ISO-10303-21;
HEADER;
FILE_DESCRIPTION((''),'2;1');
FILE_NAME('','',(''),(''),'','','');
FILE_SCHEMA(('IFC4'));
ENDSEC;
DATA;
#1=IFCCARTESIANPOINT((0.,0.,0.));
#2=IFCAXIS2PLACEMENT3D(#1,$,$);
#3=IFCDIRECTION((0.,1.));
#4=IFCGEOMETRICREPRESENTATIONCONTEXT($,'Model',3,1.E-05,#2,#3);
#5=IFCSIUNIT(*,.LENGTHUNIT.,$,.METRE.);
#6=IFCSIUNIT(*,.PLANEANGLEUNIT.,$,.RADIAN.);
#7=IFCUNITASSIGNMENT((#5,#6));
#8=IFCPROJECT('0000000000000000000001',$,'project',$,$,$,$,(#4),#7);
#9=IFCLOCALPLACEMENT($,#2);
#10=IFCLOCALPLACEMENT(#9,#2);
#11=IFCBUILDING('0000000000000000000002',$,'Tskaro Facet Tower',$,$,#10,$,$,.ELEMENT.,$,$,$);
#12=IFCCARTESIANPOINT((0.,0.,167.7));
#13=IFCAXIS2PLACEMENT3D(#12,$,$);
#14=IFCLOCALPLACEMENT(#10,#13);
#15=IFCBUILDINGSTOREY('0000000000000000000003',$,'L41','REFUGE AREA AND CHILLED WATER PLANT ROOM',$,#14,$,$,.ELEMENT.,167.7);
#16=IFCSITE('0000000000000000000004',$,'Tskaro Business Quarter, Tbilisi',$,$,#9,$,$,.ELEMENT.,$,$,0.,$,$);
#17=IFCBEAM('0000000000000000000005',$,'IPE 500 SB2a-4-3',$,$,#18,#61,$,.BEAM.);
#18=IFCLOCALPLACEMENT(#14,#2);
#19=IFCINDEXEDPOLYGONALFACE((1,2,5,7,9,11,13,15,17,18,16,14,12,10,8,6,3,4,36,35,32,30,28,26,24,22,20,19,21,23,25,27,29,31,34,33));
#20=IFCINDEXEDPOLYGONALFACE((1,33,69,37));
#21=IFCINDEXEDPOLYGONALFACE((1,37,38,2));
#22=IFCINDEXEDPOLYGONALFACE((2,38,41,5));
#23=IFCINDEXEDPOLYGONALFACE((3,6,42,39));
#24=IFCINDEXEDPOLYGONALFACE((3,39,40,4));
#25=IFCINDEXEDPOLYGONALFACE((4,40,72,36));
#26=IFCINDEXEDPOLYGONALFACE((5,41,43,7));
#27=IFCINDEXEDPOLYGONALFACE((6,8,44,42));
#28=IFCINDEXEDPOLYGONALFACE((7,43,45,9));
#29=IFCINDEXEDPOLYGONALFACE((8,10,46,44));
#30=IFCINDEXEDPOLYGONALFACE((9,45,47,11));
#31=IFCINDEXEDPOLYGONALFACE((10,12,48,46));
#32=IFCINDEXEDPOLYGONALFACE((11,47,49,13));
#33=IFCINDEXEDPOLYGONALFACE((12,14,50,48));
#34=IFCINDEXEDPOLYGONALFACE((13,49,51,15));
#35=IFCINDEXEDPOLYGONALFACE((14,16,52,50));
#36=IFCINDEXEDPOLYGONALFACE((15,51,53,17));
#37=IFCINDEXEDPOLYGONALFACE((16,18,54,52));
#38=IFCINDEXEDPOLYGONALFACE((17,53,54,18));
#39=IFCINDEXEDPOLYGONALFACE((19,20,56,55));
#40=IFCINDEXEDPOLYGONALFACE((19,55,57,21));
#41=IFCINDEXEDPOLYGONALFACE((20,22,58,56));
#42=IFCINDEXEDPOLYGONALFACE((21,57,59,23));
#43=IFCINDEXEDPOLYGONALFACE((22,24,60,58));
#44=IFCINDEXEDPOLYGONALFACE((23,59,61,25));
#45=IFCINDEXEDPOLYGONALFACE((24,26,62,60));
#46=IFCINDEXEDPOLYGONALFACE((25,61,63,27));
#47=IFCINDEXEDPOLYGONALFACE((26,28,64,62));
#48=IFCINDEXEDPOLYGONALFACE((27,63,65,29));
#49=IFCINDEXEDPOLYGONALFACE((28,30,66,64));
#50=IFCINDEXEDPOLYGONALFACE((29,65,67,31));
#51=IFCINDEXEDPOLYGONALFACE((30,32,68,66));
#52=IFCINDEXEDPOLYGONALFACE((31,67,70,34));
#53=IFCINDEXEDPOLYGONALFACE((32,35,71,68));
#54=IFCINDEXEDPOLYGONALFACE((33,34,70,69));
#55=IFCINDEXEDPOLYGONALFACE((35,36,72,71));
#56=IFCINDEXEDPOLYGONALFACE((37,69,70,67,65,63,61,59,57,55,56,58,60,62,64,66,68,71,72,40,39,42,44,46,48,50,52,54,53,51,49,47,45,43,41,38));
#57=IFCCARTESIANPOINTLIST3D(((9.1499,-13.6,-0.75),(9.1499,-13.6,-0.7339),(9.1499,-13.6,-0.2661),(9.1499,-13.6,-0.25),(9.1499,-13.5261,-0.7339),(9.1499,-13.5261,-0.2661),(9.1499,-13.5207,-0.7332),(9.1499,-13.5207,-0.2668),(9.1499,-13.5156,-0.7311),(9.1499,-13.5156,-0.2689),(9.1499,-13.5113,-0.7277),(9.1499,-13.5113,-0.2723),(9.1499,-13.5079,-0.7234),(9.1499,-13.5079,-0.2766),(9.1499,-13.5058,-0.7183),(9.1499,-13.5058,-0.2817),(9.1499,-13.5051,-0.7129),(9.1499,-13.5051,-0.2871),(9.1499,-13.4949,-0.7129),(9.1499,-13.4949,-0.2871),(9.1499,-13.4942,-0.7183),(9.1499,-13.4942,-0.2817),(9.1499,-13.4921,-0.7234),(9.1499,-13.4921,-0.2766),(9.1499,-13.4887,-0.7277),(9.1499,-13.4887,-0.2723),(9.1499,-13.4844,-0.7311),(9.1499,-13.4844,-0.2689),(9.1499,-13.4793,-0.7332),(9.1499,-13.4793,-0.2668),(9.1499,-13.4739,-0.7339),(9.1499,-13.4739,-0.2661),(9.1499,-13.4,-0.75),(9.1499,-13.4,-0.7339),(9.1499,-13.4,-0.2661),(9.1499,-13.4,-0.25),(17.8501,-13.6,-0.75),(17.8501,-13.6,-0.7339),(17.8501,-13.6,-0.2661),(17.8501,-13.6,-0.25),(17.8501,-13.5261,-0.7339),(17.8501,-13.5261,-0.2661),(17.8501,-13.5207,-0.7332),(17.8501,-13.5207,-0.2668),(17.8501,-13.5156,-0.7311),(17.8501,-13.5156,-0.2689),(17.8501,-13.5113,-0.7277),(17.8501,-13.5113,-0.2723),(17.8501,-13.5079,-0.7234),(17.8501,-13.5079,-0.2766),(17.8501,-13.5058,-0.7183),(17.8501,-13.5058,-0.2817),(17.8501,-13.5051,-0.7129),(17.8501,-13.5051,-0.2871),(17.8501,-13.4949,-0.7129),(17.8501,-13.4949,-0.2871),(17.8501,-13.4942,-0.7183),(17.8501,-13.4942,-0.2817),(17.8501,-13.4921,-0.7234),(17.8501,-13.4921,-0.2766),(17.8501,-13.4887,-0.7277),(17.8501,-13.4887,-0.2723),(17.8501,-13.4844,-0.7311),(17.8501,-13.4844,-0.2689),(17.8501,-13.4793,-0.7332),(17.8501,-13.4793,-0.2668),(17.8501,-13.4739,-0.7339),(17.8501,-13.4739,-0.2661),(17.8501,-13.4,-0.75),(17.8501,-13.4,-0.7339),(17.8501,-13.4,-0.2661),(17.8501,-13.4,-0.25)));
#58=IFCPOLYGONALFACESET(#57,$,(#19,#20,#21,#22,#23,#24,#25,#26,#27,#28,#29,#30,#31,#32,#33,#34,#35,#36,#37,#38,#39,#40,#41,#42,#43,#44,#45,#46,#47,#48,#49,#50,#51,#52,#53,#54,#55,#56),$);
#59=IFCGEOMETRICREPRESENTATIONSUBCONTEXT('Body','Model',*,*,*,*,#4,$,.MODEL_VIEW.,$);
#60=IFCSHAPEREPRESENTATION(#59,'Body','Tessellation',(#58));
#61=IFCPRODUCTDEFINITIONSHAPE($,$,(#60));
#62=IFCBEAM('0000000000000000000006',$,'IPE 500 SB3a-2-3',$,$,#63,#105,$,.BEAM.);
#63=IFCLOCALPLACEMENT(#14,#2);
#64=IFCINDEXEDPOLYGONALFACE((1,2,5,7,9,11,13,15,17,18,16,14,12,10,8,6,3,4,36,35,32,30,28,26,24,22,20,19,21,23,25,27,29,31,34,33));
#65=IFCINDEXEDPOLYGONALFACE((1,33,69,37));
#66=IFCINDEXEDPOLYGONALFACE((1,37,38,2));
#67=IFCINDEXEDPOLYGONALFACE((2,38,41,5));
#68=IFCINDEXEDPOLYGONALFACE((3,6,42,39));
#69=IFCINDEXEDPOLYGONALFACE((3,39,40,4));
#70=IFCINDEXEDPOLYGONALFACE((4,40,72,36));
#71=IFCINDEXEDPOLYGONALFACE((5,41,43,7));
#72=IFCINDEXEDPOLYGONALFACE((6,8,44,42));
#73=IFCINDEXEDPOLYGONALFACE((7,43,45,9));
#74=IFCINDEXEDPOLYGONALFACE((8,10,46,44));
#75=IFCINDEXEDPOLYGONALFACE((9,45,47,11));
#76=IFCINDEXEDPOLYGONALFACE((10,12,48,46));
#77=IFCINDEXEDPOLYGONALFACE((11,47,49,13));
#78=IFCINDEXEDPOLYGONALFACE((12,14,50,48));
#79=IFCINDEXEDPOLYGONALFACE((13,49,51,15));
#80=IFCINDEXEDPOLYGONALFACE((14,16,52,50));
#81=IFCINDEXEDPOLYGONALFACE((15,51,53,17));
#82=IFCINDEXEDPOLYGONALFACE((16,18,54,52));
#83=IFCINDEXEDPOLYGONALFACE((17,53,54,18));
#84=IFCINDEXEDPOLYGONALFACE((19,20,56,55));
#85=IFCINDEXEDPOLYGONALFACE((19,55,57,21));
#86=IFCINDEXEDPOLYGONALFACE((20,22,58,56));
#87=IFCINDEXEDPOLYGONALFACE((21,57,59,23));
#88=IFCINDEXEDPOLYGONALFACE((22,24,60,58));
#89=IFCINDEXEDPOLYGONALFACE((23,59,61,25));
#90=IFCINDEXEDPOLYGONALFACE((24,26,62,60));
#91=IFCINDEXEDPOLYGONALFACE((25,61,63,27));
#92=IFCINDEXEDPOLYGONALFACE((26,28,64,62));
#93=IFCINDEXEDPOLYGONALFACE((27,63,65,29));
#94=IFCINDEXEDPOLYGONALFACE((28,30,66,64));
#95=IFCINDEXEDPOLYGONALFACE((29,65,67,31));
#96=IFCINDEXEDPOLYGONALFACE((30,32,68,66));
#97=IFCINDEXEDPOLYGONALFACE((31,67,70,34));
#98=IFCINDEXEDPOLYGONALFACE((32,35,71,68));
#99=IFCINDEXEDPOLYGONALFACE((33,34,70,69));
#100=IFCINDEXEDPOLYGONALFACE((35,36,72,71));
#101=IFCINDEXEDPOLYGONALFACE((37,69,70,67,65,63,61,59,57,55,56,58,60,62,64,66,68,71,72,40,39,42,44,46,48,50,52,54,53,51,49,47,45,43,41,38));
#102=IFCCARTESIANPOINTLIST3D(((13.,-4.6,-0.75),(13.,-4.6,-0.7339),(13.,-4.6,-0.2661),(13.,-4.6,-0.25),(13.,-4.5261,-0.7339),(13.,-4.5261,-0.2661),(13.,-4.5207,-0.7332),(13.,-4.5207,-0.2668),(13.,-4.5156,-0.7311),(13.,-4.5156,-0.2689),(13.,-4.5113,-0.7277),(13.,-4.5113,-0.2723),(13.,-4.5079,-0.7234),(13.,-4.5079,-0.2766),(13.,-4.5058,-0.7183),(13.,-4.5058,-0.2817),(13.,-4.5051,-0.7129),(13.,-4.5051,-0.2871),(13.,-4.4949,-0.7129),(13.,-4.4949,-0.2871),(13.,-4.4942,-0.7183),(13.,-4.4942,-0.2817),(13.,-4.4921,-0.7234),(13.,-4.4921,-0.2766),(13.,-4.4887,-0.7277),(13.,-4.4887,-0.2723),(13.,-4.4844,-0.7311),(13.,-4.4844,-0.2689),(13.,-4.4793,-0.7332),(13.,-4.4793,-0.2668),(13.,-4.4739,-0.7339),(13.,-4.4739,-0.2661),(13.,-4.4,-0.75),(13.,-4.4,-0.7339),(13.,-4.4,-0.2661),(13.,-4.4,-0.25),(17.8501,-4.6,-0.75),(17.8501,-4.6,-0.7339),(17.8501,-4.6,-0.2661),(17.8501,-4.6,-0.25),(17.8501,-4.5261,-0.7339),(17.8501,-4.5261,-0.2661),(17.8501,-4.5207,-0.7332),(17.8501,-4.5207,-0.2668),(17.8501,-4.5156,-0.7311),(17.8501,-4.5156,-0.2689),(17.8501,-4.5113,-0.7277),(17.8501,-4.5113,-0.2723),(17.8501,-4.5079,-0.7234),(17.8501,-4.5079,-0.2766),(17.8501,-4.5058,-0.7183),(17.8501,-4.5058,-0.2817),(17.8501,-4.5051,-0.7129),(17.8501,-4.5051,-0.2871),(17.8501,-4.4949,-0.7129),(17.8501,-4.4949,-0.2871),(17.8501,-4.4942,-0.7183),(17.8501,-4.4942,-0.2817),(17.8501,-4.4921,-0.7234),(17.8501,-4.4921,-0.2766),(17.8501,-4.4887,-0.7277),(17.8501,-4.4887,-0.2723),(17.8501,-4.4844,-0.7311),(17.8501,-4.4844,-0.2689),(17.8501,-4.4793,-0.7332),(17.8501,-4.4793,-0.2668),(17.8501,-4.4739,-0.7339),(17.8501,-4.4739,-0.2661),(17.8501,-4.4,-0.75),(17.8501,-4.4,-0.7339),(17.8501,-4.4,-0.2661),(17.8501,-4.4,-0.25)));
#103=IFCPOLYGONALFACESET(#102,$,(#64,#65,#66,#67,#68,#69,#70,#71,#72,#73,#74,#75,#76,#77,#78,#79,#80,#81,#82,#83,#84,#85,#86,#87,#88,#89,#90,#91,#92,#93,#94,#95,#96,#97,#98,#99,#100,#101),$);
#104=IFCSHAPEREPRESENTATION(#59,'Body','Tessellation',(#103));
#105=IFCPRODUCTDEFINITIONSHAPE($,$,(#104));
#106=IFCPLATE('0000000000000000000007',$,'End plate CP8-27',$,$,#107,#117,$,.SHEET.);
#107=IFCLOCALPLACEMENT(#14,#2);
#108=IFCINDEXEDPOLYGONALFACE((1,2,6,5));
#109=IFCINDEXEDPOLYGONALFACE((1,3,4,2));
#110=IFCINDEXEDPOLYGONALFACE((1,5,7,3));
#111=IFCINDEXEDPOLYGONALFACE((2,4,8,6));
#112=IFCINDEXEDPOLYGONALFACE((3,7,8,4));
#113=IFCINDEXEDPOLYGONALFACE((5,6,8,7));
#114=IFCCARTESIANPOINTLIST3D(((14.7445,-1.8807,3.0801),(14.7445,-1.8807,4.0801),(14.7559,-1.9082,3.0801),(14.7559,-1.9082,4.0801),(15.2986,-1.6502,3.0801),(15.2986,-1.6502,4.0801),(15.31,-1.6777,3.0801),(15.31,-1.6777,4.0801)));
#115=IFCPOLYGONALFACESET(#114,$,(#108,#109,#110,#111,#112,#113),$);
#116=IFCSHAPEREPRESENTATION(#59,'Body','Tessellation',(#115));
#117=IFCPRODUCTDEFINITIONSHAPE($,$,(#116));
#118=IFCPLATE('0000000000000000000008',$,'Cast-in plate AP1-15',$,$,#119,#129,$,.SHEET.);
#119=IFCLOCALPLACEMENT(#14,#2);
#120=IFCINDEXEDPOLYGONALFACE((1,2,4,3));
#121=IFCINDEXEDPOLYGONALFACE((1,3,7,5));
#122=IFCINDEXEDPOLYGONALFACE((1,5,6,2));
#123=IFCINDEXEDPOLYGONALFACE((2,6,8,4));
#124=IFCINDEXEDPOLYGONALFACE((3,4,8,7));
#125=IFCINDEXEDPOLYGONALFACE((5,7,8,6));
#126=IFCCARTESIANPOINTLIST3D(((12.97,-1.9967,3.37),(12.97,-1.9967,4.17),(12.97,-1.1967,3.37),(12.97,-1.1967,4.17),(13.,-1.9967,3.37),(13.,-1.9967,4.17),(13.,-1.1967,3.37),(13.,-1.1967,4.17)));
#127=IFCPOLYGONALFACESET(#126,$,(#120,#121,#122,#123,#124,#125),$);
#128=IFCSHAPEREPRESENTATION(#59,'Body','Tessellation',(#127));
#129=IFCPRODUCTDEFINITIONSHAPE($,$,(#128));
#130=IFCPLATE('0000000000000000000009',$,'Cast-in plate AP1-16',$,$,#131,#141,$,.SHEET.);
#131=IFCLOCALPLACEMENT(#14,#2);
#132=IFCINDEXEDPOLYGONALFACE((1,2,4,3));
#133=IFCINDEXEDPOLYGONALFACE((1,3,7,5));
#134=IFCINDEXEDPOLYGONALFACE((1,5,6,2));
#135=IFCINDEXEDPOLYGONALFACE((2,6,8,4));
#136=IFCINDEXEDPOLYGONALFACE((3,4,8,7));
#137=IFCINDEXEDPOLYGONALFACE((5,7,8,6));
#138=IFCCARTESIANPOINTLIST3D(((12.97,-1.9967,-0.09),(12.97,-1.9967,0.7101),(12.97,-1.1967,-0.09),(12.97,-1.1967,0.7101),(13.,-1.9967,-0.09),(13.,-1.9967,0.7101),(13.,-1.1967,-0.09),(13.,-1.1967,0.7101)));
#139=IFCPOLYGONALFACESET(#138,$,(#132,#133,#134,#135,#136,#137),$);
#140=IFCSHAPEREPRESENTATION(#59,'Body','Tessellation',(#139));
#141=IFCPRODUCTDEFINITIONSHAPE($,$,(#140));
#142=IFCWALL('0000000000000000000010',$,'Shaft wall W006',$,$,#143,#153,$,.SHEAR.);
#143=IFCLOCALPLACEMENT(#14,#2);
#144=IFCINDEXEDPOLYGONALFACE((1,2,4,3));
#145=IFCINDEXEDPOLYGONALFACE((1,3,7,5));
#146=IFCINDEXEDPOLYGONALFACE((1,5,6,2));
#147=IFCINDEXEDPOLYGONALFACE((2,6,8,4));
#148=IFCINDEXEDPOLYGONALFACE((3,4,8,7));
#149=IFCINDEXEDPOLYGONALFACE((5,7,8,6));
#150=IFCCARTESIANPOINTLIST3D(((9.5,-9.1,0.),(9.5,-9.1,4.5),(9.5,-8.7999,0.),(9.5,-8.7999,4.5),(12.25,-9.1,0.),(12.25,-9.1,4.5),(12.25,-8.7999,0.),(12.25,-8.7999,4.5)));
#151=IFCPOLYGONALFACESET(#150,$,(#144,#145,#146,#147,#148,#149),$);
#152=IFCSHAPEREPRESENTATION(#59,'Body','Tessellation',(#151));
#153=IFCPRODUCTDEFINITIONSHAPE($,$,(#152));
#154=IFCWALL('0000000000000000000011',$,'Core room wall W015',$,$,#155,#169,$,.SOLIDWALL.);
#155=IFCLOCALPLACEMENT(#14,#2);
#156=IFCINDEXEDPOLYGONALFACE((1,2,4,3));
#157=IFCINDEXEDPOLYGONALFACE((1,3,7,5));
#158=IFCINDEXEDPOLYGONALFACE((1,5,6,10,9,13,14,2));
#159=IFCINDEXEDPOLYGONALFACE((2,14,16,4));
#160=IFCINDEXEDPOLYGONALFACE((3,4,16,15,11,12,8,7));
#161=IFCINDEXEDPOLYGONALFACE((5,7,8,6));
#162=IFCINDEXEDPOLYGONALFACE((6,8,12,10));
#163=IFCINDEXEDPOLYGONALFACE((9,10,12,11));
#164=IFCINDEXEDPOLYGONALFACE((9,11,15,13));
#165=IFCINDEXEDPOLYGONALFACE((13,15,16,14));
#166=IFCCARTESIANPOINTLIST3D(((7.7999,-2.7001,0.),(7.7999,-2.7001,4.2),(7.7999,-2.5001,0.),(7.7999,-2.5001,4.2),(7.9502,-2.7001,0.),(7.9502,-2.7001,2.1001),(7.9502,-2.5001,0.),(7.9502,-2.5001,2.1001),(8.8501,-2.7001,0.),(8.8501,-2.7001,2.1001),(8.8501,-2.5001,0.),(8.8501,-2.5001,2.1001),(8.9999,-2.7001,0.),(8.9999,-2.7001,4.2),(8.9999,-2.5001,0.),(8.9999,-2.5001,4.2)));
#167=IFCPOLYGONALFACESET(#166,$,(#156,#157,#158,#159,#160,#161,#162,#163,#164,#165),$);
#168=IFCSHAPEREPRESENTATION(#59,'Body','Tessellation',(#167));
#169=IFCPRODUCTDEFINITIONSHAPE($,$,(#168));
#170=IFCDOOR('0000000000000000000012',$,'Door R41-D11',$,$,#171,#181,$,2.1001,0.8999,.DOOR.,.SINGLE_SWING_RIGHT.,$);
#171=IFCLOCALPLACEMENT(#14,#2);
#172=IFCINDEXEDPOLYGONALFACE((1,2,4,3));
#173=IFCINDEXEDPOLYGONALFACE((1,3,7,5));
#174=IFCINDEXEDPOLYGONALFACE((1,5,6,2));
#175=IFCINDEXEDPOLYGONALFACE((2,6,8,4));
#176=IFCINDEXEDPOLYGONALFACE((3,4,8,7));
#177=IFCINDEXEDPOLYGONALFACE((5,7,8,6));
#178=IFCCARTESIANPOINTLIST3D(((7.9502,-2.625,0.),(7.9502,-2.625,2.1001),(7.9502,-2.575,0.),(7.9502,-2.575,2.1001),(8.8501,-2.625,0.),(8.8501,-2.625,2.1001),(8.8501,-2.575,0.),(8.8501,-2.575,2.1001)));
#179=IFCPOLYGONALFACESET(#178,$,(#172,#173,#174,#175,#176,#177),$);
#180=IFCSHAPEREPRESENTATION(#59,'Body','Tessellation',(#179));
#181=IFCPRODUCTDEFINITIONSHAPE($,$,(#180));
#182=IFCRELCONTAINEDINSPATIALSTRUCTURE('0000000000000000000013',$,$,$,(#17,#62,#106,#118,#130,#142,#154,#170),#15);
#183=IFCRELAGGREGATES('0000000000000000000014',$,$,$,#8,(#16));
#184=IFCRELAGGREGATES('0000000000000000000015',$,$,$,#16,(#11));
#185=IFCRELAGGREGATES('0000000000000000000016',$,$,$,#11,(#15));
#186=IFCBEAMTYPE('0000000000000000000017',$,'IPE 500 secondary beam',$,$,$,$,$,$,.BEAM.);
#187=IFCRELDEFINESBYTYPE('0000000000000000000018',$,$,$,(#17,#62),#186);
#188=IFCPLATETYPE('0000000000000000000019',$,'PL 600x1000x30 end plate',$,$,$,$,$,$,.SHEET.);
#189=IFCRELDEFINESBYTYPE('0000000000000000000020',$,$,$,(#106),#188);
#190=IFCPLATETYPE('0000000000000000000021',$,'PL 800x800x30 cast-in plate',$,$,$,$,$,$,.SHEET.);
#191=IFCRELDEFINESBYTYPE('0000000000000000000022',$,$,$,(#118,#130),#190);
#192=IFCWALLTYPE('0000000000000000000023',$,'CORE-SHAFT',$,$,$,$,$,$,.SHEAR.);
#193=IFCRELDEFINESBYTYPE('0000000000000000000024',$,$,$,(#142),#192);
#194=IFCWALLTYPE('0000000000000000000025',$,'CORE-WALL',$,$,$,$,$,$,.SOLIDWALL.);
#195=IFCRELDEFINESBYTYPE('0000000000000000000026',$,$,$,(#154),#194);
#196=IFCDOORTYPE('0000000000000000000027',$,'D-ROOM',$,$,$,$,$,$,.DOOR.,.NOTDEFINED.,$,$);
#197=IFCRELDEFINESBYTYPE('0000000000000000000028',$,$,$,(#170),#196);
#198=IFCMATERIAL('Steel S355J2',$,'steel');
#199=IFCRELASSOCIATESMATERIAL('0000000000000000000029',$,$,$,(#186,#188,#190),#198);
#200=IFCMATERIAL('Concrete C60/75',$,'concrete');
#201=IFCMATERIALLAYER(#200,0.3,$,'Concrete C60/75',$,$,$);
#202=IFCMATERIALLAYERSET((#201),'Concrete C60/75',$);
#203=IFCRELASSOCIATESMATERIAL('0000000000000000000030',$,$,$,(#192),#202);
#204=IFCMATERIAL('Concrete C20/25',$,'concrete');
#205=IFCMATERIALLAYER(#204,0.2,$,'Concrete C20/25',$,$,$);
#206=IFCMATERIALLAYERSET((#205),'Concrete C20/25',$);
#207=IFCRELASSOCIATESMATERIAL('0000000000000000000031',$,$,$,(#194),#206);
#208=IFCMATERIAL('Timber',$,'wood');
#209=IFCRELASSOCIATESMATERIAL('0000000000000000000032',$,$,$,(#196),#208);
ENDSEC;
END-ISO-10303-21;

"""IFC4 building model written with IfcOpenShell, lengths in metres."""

from ifc_helpers import new_model, si_unit, direction, frame, frame_2d, origin, origin_2d, place, context, subcontext, project, spatial, rectangle, i_section, extrude, material, layer, layer_set, material_profile, profile_set, type_object, element, fill, save


model = new_model("IFC4")

# Units and contexts
model_context = context("Model", 3, precision=1e-05, world=origin(), true_north=direction((0.0, 1.0)))
body_context = subcontext(model_context, "Body", "Model", "MODEL_VIEW")
ifc_project = project(units=[si_unit("LENGTHUNIT", "METRE"), si_unit("PLANEANGLEUNIT", "RADIAN")], contexts=[model_context])

# Site, building, storey
site_placement = place(None, origin())
site = spatial("IfcSite", under=ifc_project, at=site_placement, Name="Tskaro Business Quarter, Tbilisi", CompositionType="ELEMENT", RefElevation=0.0)
building_placement = place(site_placement, origin())
building = spatial("IfcBuilding", under=site, at=building_placement, Name="Tskaro Facet Tower", CompositionType="ELEMENT")
storey_placement = place(building_placement, frame((0.0, 0.0, 167.7)))
storey = spatial("IfcBuildingStorey", under=building, at=storey_placement, Name="L41", Description="REFUGE AREA AND CHILLED WATER PLANT ROOM", CompositionType="ELEMENT", Elevation=167.7)

# Beams
ifc_material_1 = material(Name="Steel S355J2", Category="steel")
ifc_material_profile_1 = material_profile(ifc_material_1, i_section(OverallWidth=0.2, OverallDepth=0.5, WebThickness=0.0103, FlangeThickness=0.0161, FilletRadius=0.021, at=origin_2d()), Name="IPE 500")
ifc_profile_set_1 = profile_set([ifc_material_profile_1], Name="Steel S355J2")
beam_type_1 = type_object("IfcBeamType", Name="IPE 500 secondary beam", PredefinedType="BEAM", material=ifc_profile_set_1)
beam_1_placement = place(storey_placement, frame((9.1499, -13.5, -0.5), z_axis=(1.0, 0.0, 0.0), x_axis=(0.0, 1.0, 0.0)))
element("IfcBeam", 1, at=beam_1_placement, inside=storey, type_object=beam_type_1, Name="IPE 500 SB2a-4-3", PredefinedType="BEAM", context=body_context, shape_type="SweptSolid", body=[
    extrude(i_section(OverallWidth=0.2, OverallDepth=0.5, WebThickness=0.0103, FlangeThickness=0.0161, FilletRadius=0.021, at=origin_2d()), origin(), (0.0, 0.0, 1.0), 8.7002),
])
beam_2_placement = place(storey_placement, frame((13.0, -4.5, -0.5), z_axis=(1.0, 0.0, 0.0), x_axis=(0.0, 1.0, 0.0)))
element("IfcBeam", 2, at=beam_2_placement, inside=storey, type_object=beam_type_1, Name="IPE 500 SB3a-2-3", PredefinedType="BEAM", context=body_context, shape_type="SweptSolid", body=[
    extrude(i_section(OverallWidth=0.2, OverallDepth=0.5, WebThickness=0.0103, FlangeThickness=0.0161, FilletRadius=0.021, at=origin_2d()), origin(), (0.0, 0.0, 1.0), 4.8501),
])

# Plates
ifc_material_profile_2 = material_profile(ifc_material_1, rectangle(XDim=0.6001, YDim=1.0, at=origin_2d()), Name="PL 600x1000x30 end plate")
ifc_profile_set_2 = profile_set([ifc_material_profile_2], Name="Steel S355J2")
plate_type_1 = type_object("IfcPlateType", Name="PL 600x1000x30 end plate", PredefinedType="SHEET", material=ifc_profile_set_2)
plate_placement = place(storey_placement, frame((15.033, -1.793, 3.5801), z_axis=(-0.384035, 0.923318, 0.0), x_axis=(-0.923318, -0.384035, 0.0)))
element("IfcPlate", 3, at=plate_placement, inside=storey, type_object=plate_type_1, Name="End plate CP8-27", PredefinedType="SHEET", context=body_context, shape_type="SweptSolid", body=[
    extrude(rectangle(XDim=0.6001, YDim=1.0, at=origin_2d()), origin(), (0.0, 0.0, 1.0), 0.0298),
])
ifc_material_profile_3 = material_profile(ifc_material_1, rectangle(XDim=0.8, YDim=0.8, at=origin_2d()), Name="PL 800x800x30 cast-in plate")
ifc_profile_set_3 = profile_set([ifc_material_profile_3], Name="Steel S355J2")
plate_type_2 = type_object("IfcPlateType", Name="PL 800x800x30 cast-in plate", PredefinedType="SHEET", material=ifc_profile_set_3)
for number, where, z_axis, x_axis, name in (
    (4, (12.97, -1.5967, 3.77), (1.0, 0.0, 0.0), (0.0, 1.0, 0.0), "Cast-in plate AP1-15"),
    (5, (12.97, -1.5967, 0.3101), (1.0, 0.0, 0.0), (0.0, 1.0, 0.0), "Cast-in plate AP1-16"),
):
    element("IfcPlate", number, at=place(storey_placement, frame(where, z_axis=z_axis, x_axis=x_axis)), inside=storey, type_object=plate_type_2, Name=name, PredefinedType="SHEET", context=body_context, shape_type="SweptSolid", body=[
        extrude(rectangle(XDim=0.8, YDim=0.8, at=origin_2d()), origin(), (0.0, 0.0, 1.0), 0.03),
    ])

# Wall
ifc_material_2 = material(Name="Concrete C60/75", Category="concrete")
ifc_layer_1 = layer(ifc_material_2, 0.3, Name="Concrete C60/75")
ifc_layer_set_1 = layer_set([ifc_layer_1], Name="Concrete C60/75")
wall_type_1 = type_object("IfcWallType", Name="CORE-SHAFT", PredefinedType="SHEAR", material=ifc_layer_set_1)
wall_1_placement = place(storey_placement, frame((9.5, -8.95, 0.0), z_axis=(0.0, 0.0, 1.0), x_axis=(1.0, 0.0, 0.0)))
element("IfcWall", 6, at=wall_1_placement, inside=storey, type_object=wall_type_1, Name="Shaft wall W006", PredefinedType="SHEAR", context=body_context, shape_type="SweptSolid", body=[
    extrude(rectangle(XDim=2.75, YDim=0.3, at=frame_2d((1.375, 0.0))), origin(), (0.0, 0.0, 1.0), 4.5),
])

# Wall, opening, door
ifc_material_3 = material(Name="Concrete C20/25", Category="concrete")
ifc_layer_2 = layer(ifc_material_3, 0.2, Name="Concrete C20/25")
ifc_layer_set_2 = layer_set([ifc_layer_2], Name="Concrete C20/25")
wall_type_2 = type_object("IfcWallType", Name="CORE-WALL", PredefinedType="SOLIDWALL", material=ifc_layer_set_2)
wall_2_placement = place(storey_placement, frame((9.0, -2.6001, 0.0), z_axis=(0.0, 0.0, 1.0), x_axis=(-1.0, 0.0, 0.0)))
wall_2 = element("IfcWall", 7, at=wall_2_placement, inside=storey, type_object=wall_type_2, Name="Core room wall W015", PredefinedType="SOLIDWALL", context=body_context, shape_type="SweptSolid", body=[
    extrude(rectangle(XDim=1.2, YDim=0.2, at=frame_2d((0.6001, 0.0))), origin(), (0.0, 0.0, 1.0), 4.2),
])
opening_1_placement = place(wall_2_placement, frame((0.1499, 0.0, 0.0)))
opening_1 = element("IfcOpeningElement", 8, at=opening_1_placement, cuts=wall_2, PredefinedType="OPENING", context=body_context, shape_type="SweptSolid", body=[
    extrude(rectangle(XDim=0.8999, YDim=2.1001, at=frame_2d((0.45, 1.05))), frame((0.0, 0.1099, 0.0), z_axis=(0.0, -1.0, 0.0), x_axis=(1.0, 0.0, 0.0)), (0.0, 0.0, 1.0), 0.22),
])
ifc_material_4 = material(Name="Timber", Category="wood")
door_type_1 = type_object("IfcDoorType", Name="D-ROOM", OperationType="NOTDEFINED", PredefinedType="DOOR", material=ifc_material_4)
door_1_placement = place(opening_1_placement, origin())
door_1 = element("IfcDoor", 9, at=door_1_placement, inside=storey, type_object=door_type_1, Name="Door R41-D11", OperationType="SINGLE_SWING_RIGHT", OverallHeight=2.1001, OverallWidth=0.8999, PredefinedType="DOOR", context=body_context, shape_type="SweptSolid", body=[
    extrude(rectangle(XDim=0.8999, YDim=2.1001, at=frame_2d((0.45, 1.05))), frame((0.0, 0.0249, 0.0), z_axis=(0.0, -1.0, 0.0), x_axis=(1.0, 0.0, 0.0)), (0.0, 0.0, 1.0), 0.05),
])
fill(opening_1, door_1)

save(model, "model.ifc")
